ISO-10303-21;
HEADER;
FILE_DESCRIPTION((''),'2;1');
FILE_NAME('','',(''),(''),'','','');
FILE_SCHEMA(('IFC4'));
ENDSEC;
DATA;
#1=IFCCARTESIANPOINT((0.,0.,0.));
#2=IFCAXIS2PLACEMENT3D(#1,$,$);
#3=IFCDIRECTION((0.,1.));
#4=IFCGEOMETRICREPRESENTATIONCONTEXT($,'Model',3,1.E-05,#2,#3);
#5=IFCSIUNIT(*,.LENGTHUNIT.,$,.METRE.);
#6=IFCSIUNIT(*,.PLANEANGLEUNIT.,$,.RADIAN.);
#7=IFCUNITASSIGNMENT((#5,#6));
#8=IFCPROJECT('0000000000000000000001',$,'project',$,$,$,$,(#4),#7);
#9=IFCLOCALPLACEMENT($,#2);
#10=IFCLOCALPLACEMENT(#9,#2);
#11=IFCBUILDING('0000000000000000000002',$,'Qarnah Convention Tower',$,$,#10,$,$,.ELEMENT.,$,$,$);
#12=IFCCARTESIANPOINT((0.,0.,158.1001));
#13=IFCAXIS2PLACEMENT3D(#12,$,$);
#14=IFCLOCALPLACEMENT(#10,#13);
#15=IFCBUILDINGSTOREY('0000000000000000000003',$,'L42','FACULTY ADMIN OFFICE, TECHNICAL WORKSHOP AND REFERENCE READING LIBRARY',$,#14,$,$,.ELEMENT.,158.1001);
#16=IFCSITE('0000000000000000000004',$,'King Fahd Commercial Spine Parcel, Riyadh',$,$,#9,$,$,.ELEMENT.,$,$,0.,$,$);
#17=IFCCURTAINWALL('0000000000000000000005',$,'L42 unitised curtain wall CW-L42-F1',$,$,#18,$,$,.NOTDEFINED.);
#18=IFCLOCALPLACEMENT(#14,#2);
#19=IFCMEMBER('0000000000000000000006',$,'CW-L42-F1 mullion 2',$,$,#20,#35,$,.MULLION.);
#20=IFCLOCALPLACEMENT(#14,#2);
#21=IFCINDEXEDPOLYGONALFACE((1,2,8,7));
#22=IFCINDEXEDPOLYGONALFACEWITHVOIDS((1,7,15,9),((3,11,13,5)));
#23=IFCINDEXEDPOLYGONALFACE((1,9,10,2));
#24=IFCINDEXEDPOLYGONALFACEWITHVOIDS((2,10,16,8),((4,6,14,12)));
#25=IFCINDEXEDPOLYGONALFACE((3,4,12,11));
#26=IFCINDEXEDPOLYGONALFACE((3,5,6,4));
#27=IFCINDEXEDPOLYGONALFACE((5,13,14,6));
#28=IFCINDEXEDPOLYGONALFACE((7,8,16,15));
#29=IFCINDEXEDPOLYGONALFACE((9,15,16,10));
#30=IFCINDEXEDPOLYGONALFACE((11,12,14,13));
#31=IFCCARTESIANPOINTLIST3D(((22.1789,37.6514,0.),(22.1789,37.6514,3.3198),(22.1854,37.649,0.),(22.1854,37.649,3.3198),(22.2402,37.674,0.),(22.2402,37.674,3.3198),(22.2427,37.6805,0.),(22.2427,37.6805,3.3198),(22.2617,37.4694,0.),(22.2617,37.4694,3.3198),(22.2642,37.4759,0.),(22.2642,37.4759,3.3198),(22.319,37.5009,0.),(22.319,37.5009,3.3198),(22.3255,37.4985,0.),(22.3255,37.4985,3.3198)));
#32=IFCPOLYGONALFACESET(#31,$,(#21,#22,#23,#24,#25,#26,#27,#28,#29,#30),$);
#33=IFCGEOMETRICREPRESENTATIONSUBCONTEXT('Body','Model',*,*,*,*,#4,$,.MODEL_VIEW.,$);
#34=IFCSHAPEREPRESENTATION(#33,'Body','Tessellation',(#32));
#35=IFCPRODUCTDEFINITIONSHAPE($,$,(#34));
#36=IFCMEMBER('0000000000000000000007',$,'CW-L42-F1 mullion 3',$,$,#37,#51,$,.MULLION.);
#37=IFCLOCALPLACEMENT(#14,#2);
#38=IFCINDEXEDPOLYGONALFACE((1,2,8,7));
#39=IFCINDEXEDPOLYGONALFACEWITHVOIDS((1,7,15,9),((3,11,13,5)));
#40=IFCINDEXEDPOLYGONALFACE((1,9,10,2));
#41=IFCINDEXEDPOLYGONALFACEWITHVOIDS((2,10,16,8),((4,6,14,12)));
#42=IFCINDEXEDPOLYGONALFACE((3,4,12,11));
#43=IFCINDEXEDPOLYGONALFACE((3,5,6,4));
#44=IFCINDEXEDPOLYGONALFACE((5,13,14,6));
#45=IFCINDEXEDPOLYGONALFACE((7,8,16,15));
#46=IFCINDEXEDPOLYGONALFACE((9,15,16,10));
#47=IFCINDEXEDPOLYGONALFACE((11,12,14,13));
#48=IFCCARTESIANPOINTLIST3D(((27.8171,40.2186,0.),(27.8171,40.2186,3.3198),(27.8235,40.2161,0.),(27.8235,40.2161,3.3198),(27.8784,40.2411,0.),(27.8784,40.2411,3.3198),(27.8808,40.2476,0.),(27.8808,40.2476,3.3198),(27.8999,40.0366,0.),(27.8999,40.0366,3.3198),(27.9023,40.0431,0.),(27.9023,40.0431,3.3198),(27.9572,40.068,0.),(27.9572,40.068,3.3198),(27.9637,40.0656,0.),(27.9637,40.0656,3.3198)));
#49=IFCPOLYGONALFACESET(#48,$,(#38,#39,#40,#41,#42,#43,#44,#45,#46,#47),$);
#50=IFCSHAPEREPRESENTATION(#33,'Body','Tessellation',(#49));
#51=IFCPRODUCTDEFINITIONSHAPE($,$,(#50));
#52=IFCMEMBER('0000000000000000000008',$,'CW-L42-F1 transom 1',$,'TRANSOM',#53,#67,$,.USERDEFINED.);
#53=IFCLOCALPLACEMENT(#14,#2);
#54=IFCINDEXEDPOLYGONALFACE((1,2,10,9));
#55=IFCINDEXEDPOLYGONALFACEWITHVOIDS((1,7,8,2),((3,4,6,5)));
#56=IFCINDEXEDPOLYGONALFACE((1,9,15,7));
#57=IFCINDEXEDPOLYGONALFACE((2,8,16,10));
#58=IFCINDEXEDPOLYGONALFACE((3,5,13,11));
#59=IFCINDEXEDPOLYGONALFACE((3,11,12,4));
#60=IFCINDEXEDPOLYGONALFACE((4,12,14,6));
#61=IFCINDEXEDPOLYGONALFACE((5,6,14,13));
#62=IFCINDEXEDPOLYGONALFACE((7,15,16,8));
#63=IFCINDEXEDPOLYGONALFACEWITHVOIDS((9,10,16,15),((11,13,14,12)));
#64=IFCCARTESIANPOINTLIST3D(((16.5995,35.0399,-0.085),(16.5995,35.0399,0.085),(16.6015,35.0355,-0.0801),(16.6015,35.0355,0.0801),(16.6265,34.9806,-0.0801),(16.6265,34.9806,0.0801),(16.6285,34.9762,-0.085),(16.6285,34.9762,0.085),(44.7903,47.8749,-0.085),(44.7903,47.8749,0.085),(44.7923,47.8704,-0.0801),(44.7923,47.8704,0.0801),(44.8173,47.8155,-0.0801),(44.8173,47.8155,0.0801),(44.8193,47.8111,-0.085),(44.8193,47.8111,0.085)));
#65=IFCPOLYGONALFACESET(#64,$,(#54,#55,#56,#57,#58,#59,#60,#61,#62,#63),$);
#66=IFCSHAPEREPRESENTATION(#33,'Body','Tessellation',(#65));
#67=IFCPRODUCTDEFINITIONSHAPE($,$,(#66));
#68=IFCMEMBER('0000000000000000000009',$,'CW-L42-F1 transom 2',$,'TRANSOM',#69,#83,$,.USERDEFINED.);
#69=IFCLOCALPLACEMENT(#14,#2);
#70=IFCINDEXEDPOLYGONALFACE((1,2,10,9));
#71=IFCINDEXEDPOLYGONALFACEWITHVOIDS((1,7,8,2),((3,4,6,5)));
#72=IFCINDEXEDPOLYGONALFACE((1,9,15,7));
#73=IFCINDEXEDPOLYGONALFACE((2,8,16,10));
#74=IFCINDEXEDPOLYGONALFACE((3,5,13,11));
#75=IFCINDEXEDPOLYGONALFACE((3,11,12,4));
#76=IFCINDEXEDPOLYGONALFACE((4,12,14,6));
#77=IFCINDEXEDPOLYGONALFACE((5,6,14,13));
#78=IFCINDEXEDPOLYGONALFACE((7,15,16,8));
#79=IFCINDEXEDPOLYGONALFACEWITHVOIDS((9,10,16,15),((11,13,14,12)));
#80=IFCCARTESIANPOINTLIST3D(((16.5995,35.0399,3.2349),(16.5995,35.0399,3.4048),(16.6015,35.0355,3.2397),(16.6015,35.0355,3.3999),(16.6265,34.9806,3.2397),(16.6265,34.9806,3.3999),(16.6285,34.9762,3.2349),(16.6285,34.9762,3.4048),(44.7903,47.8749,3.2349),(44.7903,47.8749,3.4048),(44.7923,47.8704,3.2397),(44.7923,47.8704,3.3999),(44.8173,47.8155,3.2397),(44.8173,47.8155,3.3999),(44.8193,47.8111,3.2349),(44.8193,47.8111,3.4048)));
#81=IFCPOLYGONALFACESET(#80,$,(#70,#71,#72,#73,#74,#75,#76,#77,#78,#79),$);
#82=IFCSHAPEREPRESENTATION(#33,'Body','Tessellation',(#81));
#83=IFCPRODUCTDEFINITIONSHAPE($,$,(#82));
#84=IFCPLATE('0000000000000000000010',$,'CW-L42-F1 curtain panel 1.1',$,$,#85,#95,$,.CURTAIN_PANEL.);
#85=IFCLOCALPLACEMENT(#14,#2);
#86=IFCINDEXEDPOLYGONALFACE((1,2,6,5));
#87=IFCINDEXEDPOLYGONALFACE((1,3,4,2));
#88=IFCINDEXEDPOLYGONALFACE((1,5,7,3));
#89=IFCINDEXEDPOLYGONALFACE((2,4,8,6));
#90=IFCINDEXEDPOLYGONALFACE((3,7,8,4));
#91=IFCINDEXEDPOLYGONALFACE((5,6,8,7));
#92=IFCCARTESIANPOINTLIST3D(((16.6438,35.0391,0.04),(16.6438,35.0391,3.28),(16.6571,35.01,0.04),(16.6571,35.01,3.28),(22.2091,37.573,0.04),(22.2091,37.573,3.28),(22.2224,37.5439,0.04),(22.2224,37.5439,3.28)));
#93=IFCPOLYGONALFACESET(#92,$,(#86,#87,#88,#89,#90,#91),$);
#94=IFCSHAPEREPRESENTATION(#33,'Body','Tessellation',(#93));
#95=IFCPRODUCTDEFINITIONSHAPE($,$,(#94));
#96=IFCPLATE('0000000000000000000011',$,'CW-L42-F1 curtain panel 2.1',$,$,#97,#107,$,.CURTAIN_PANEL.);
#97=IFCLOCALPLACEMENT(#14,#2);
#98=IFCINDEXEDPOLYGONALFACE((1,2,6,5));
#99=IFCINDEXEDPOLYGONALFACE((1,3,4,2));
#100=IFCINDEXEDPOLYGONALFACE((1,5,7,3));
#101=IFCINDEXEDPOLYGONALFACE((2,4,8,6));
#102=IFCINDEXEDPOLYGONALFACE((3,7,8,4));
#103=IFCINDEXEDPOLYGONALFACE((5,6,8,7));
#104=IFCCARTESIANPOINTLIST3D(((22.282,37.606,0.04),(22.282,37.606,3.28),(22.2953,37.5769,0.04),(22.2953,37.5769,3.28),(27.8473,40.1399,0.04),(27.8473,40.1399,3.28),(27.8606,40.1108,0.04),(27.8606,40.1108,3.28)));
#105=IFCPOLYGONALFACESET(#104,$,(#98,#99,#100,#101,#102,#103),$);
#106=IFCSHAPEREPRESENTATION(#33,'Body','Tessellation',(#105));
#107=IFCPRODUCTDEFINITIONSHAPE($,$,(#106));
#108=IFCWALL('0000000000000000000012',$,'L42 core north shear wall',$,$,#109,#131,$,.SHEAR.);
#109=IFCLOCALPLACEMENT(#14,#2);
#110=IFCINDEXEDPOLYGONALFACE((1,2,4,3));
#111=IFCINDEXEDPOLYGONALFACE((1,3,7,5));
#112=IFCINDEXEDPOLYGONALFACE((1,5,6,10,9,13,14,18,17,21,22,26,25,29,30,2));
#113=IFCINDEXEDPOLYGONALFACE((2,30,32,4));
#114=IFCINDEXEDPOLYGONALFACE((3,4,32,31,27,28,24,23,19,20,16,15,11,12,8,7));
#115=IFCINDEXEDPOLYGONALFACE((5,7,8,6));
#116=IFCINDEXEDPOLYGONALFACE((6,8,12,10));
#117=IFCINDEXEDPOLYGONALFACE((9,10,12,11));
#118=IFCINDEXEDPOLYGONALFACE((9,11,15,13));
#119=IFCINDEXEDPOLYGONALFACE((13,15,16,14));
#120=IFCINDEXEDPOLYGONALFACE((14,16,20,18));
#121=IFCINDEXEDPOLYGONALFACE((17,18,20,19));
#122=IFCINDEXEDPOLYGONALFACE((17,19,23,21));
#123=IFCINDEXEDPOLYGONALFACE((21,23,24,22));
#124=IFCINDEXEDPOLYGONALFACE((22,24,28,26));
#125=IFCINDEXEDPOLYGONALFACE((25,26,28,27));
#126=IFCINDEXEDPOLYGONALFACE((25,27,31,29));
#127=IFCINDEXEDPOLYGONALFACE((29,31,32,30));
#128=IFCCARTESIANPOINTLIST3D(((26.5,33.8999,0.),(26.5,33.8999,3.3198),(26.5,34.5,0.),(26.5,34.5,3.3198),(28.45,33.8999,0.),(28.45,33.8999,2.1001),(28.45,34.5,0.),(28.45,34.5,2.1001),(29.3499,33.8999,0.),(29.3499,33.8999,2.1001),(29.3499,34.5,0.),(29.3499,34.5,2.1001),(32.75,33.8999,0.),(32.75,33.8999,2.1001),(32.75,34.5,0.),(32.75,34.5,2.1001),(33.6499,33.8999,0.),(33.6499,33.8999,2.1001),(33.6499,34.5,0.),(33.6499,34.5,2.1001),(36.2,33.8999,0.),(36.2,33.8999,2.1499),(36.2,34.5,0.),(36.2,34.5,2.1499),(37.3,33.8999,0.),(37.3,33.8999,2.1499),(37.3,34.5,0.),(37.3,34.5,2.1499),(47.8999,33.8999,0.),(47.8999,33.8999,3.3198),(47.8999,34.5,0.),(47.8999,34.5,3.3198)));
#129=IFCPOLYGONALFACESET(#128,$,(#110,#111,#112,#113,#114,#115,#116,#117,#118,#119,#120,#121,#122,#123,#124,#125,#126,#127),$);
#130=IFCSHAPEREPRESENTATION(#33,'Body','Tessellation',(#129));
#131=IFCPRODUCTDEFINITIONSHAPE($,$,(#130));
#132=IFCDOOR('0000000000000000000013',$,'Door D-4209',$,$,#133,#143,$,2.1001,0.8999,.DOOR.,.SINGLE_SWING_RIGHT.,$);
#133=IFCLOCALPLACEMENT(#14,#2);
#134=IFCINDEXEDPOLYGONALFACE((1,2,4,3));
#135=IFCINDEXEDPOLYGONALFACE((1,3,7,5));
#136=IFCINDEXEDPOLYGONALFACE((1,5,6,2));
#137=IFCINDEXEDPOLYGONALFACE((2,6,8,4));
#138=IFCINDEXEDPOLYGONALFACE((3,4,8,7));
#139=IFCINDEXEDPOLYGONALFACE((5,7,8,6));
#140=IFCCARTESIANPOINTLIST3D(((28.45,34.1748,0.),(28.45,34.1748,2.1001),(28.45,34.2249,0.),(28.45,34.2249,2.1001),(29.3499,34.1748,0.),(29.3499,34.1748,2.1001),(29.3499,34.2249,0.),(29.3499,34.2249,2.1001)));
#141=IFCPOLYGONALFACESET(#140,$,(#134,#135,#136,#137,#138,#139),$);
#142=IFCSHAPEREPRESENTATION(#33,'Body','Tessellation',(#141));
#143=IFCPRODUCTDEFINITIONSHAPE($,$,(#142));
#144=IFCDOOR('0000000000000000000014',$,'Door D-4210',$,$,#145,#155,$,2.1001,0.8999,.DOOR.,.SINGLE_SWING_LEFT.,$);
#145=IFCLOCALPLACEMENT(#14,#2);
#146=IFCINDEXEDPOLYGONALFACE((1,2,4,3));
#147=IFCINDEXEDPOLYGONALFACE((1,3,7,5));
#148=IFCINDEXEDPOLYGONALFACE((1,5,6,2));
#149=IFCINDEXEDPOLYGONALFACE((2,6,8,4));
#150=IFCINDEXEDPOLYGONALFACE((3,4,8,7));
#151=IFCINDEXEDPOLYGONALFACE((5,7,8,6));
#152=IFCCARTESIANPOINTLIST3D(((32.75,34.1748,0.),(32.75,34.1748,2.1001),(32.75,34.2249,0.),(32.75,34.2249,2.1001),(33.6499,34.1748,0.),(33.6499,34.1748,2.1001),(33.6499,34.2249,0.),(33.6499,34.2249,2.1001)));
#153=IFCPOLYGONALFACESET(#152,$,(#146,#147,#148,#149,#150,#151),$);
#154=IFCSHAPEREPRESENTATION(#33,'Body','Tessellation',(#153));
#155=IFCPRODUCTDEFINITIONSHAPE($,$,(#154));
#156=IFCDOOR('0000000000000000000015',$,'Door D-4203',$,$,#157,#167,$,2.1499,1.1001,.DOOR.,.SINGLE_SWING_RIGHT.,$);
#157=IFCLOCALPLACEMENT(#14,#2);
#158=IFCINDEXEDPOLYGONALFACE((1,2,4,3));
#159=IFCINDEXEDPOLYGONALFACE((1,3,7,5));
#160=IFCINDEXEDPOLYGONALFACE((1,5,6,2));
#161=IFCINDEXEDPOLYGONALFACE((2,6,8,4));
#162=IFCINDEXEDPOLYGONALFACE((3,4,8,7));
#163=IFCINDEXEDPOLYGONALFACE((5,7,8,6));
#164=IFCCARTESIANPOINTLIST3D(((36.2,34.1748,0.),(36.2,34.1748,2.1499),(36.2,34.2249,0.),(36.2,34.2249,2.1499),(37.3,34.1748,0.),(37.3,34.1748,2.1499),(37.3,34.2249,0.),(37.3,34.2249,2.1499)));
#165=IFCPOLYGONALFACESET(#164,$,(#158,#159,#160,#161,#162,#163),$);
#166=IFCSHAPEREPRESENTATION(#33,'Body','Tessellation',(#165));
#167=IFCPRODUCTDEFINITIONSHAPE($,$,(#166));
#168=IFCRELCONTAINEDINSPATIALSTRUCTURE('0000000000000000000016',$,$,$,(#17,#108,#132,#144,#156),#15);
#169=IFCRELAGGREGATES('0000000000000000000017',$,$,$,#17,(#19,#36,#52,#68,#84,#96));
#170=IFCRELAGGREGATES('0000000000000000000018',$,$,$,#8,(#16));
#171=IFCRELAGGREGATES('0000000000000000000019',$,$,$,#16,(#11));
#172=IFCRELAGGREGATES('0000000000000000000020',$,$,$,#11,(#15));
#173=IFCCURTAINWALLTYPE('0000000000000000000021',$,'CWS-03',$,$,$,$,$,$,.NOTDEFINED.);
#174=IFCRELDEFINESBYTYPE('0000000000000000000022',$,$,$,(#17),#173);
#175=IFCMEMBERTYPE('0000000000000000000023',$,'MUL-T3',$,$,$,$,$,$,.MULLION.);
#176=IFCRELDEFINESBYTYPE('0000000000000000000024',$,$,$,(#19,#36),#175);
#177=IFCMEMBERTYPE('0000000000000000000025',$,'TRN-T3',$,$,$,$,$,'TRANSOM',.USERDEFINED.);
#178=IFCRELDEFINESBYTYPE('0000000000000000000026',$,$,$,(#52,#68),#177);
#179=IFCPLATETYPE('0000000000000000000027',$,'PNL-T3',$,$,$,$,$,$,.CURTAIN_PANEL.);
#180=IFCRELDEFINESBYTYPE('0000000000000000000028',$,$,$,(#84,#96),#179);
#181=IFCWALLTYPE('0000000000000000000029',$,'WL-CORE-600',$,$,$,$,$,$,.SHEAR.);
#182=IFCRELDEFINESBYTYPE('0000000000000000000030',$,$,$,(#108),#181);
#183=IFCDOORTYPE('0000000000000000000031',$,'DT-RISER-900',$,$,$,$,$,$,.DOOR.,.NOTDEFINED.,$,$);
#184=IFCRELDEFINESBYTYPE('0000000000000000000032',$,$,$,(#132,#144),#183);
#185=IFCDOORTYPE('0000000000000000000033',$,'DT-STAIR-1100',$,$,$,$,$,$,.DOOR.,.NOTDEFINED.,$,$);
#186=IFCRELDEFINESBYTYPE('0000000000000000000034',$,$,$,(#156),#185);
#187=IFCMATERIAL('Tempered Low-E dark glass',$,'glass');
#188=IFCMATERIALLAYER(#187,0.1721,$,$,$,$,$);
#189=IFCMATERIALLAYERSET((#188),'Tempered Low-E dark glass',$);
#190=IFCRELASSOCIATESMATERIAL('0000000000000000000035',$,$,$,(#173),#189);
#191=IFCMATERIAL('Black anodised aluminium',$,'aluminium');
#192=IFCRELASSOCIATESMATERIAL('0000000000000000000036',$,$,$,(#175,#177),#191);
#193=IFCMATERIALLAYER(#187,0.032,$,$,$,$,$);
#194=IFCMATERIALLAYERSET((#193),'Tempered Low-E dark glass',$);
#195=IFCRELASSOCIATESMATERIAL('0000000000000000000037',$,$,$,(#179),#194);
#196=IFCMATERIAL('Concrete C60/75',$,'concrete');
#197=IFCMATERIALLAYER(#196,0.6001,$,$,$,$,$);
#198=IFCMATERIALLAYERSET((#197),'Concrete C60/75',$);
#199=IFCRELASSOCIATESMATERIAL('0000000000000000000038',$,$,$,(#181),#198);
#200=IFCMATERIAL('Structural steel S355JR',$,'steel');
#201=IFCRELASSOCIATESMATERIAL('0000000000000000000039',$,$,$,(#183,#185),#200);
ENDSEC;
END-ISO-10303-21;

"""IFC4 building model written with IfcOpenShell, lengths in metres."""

from ifc_helpers import new_model, si_unit, direction, frame, frame_2d, origin, origin_2d, place, context, subcontext, project, spatial, rectangle, hollow_rectangle, extrude, material, layer, layer_set, material_profile, profile_set, type_object, element, fill, aggregate, save


model = new_model("IFC4")

# Units and contexts
model_context = context("Model", 3, precision=1e-05, world=origin(), true_north=direction((0.0, 1.0)))
body_context = subcontext(model_context, "Body", "Model", "MODEL_VIEW")
ifc_project = project(units=[si_unit("LENGTHUNIT", "METRE"), si_unit("PLANEANGLEUNIT", "RADIAN")], contexts=[model_context])

# Site, building, storey
site_placement = place(None, origin())
site = spatial("IfcSite", under=ifc_project, at=site_placement, Name="King Fahd Commercial Spine Parcel, Riyadh", CompositionType="ELEMENT", RefElevation=0.0)
building_placement = place(site_placement, origin())
building = spatial("IfcBuilding", under=site, at=building_placement, Name="Qarnah Convention Tower", CompositionType="ELEMENT")
storey_placement = place(building_placement, frame((0.0, 0.0, 158.1001)))
storey = spatial("IfcBuildingStorey", under=building, at=storey_placement, Name="L42", Description="FACULTY ADMIN OFFICE, TECHNICAL WORKSHOP AND REFERENCE READING LIBRARY", CompositionType="ELEMENT", Elevation=158.1001)

# Shared definitions
ifc_material_1 = material(Name="Concrete C60/75", Category="concrete")

# Shared definitions
ifc_material_2 = material(Name="Structural steel S355JR", Category="steel")

# Curtain wall, members, plates
ifc_material_3 = material(Name="Tempered Low-E dark glass", Category="glass")
ifc_layer_1 = layer(ifc_material_3, 0.1721)
ifc_layer_set_1 = layer_set([ifc_layer_1], Name="Tempered Low-E dark glass")
curtain_wall_type = type_object("IfcCurtainWallType", Name="CWS-03", PredefinedType="NOTDEFINED", material=ifc_layer_set_1)
curtain_wall_placement = place(storey_placement, origin())
curtain_wall = element("IfcCurtainWall", 1, at=curtain_wall_placement, inside=storey, type_object=curtain_wall_type, Name="L42 unitised curtain wall CW-L42-F1", PredefinedType="NOTDEFINED")
ifc_material_4 = material(Name="Black anodised aluminium", Category="aluminium")
ifc_material_profile_1 = material_profile(ifc_material_4, hollow_rectangle(XDim=0.0701, YDim=0.2, WallThickness=0.0049, at=origin_2d()), Name="MUL-70X200")
ifc_profile_set_1 = profile_set([ifc_material_profile_1], Name="Black anodised aluminium")
member_type_1 = type_object("IfcMemberType", Name="MUL-T3", PredefinedType="MULLION", material=ifc_profile_set_1)
member_1_placement = place(storey_placement, frame((22.2522, 37.575, 0.0), z_axis=(0.0, 0.0, 1.0), x_axis=(0.910112, 0.414362, 0.0)))
member_1 = element("IfcMember", 2, at=member_1_placement, type_object=member_type_1, Name="CW-L42-F1 mullion 2", PredefinedType="MULLION", context=body_context, shape_type="SweptSolid", body=[
    extrude(hollow_rectangle(XDim=0.0701, YDim=0.2, WallThickness=0.0049, at=origin_2d()), origin(), (0.0, 0.0, 1.0), 3.3198),
])
member_2_placement = place(storey_placement, frame((27.8904, 40.1421, 0.0), z_axis=(0.0, 0.0, 1.0), x_axis=(0.910112, 0.414362, 0.0)))
member_2 = element("IfcMember", 3, at=member_2_placement, type_object=member_type_1, Name="CW-L42-F1 mullion 3", PredefinedType="MULLION", context=body_context, shape_type="SweptSolid", body=[
    extrude(hollow_rectangle(XDim=0.0701, YDim=0.2, WallThickness=0.0049, at=origin_2d()), origin(), (0.0, 0.0, 1.0), 3.3198),
])
ifc_material_profile_2 = material_profile(ifc_material_4, hollow_rectangle(XDim=0.0701, YDim=0.1699, WallThickness=0.0049, at=origin_2d()), Name="TRN-70X170")
ifc_profile_set_2 = profile_set([ifc_material_profile_2], Name="Black anodised aluminium")
member_type_2 = type_object("IfcMemberType", Name="TRN-T3", ElementType="TRANSOM", PredefinedType="USERDEFINED", material=ifc_profile_set_2)
member_3_placement = place(storey_placement, frame((16.614, 35.0081, 0.0), z_axis=(0.910112, 0.414362, 0.0), x_axis=(-0.414362, 0.910112, 0.0)))
member_3 = element("IfcMember", 4, at=member_3_placement, type_object=member_type_2, Name="CW-L42-F1 transom 1", ObjectType="TRANSOM", PredefinedType="USERDEFINED", context=body_context, shape_type="SweptSolid", body=[
    extrude(hollow_rectangle(XDim=0.0701, YDim=0.1699, WallThickness=0.0049, at=origin_2d()), origin(), (0.0, 0.0, 1.0), 30.9751),
])
member_4_placement = place(storey_placement, frame((16.614, 35.0081, 3.3198), z_axis=(0.910112, 0.414362, 0.0), x_axis=(-0.414362, 0.910112, 0.0)))
member_4 = element("IfcMember", 5, at=member_4_placement, type_object=member_type_2, Name="CW-L42-F1 transom 2", ObjectType="TRANSOM", PredefinedType="USERDEFINED", context=body_context, shape_type="SweptSolid", body=[
    extrude(hollow_rectangle(XDim=0.0701, YDim=0.1699, WallThickness=0.0049, at=origin_2d()), origin(), (0.0, 0.0, 1.0), 30.9751),
])
ifc_layer_2 = layer(ifc_material_3, 0.032)
ifc_layer_set_2 = layer_set([ifc_layer_2], Name="Tempered Low-E dark glass")
plate_type = type_object("IfcPlateType", Name="PNL-T3", PredefinedType="CURTAIN_PANEL", material=ifc_layer_set_2)
plate_1_placement = place(storey_placement, frame((19.4331, 36.2915, 0.04), z_axis=(0.0, 0.0, 1.0), x_axis=(0.910112, 0.414362, 0.0)))
plate_1 = element("IfcPlate", 6, at=plate_1_placement, type_object=plate_type, Name="CW-L42-F1 curtain panel 1.1", PredefinedType="CURTAIN_PANEL", context=body_context, shape_type="SweptSolid", body=[
    extrude(rectangle(XDim=6.115, YDim=0.032, at=origin_2d()), origin(), (0.0, 0.0, 1.0), 3.24),
])
plate_2_placement = place(storey_placement, frame((25.0713, 38.8584, 0.04), z_axis=(0.0, 0.0, 1.0), x_axis=(0.910112, 0.414362, 0.0)))
plate_2 = element("IfcPlate", 7, at=plate_2_placement, type_object=plate_type, Name="CW-L42-F1 curtain panel 2.1", PredefinedType="CURTAIN_PANEL", context=body_context, shape_type="SweptSolid", body=[
    extrude(rectangle(XDim=6.115, YDim=0.032, at=origin_2d()), origin(), (0.0, 0.0, 1.0), 3.24),
])
aggregate(curtain_wall, [member_1, member_2, member_3, member_4, plate_1, plate_2])

# Wall, openings, doors
ifc_layer_3 = layer(ifc_material_1, 0.6001)
ifc_layer_set_3 = layer_set([ifc_layer_3], Name="Concrete C60/75")
wall_type_1 = type_object("IfcWallType", Name="WL-CORE-600", PredefinedType="SHEAR", material=ifc_layer_set_3)
wall_1_placement = place(storey_placement, frame((26.5, 34.2, 0.0), z_axis=(0.0, 0.0, 1.0), x_axis=(1.0, 0.0, 0.0)))
wall_1 = element("IfcWall", 8, at=wall_1_placement, inside=storey, type_object=wall_type_1, Name="L42 core north shear wall", PredefinedType="SHEAR", context=body_context, shape_type="SweptSolid", body=[
    extrude(rectangle(XDim=21.3999, YDim=0.6001, at=frame_2d((10.7, 0.0))), origin(), (0.0, 0.0, 1.0), 3.3198),
])
opening_1_placement = place(wall_1_placement, frame((9.7, 0.0, 0.0)))
opening_1 = element("IfcOpeningElement", 9, at=opening_1_placement, cuts=wall_1, PredefinedType="OPENING", context=body_context, shape_type="SweptSolid", body=[
    extrude(rectangle(XDim=1.1001, YDim=2.1499, at=frame_2d((0.55, 1.075))), frame((0.0, 0.3101, 0.0), z_axis=(0.0, -1.0, 0.0), x_axis=(1.0, 0.0, 0.0)), (0.0, 0.0, 1.0), 0.6201),
])
opening_2_placement = place(wall_1_placement, frame((1.95, 0.0, 0.0)))
opening_2 = element("IfcOpeningElement", 10, at=opening_2_placement, cuts=wall_1, PredefinedType="OPENING", context=body_context, shape_type="SweptSolid", body=[
    extrude(rectangle(XDim=0.8999, YDim=2.1001, at=frame_2d((0.45, 1.05))), frame((0.0, 0.3101, 0.0), z_axis=(0.0, -1.0, 0.0), x_axis=(1.0, 0.0, 0.0)), (0.0, 0.0, 1.0), 0.6201),
])
opening_3_placement = place(wall_1_placement, frame((6.25, 0.0, 0.0)))
opening_3 = element("IfcOpeningElement", 11, at=opening_3_placement, cuts=wall_1, PredefinedType="OPENING", context=body_context, shape_type="SweptSolid", body=[
    extrude(rectangle(XDim=0.8999, YDim=2.1001, at=frame_2d((0.45, 1.05))), frame((0.0, 0.3101, 0.0), z_axis=(0.0, -1.0, 0.0), x_axis=(1.0, 0.0, 0.0)), (0.0, 0.0, 1.0), 0.6201),
])
door_type_1 = type_object("IfcDoorType", Name="DT-RISER-900", OperationType="NOTDEFINED", PredefinedType="DOOR", material=ifc_material_2)
door_1_placement = place(opening_2_placement, origin())
door_1 = element("IfcDoor", 12, at=door_1_placement, inside=storey, type_object=door_type_1, Name="Door D-4209", OperationType="SINGLE_SWING_RIGHT", OverallHeight=2.1001, OverallWidth=0.8999, PredefinedType="DOOR", context=body_context, shape_type="SweptSolid", body=[
    extrude(rectangle(XDim=0.8999, YDim=2.1001, at=frame_2d((0.45, 1.05))), frame((0.0, 0.0249, 0.0), z_axis=(0.0, -1.0, 0.0), x_axis=(1.0, 0.0, 0.0)), (0.0, 0.0, 1.0), 0.05),
])
fill(opening_2, door_1)
door_2_placement = place(opening_3_placement, origin())
door_2 = element("IfcDoor", 13, at=door_2_placement, inside=storey, type_object=door_type_1, Name="Door D-4210", OperationType="SINGLE_SWING_LEFT", OverallHeight=2.1001, OverallWidth=0.8999, PredefinedType="DOOR", context=body_context, shape_type="SweptSolid", body=[
    extrude(rectangle(XDim=0.8999, YDim=2.1001, at=frame_2d((0.45, 1.05))), frame((0.0, 0.0249, 0.0), z_axis=(0.0, -1.0, 0.0), x_axis=(1.0, 0.0, 0.0)), (0.0, 0.0, 1.0), 0.05),
])
fill(opening_3, door_2)
door_type_2 = type_object("IfcDoorType", Name="DT-STAIR-1100", OperationType="NOTDEFINED", PredefinedType="DOOR", material=ifc_material_2)
door_3_placement = place(opening_1_placement, origin())
door_3 = element("IfcDoor", 14, at=door_3_placement, inside=storey, type_object=door_type_2, Name="Door D-4203", OperationType="SINGLE_SWING_RIGHT", OverallHeight=2.1499, OverallWidth=1.1001, PredefinedType="DOOR", context=body_context, shape_type="SweptSolid", body=[
    extrude(rectangle(XDim=1.1001, YDim=2.1499, at=frame_2d((0.55, 1.075))), frame((0.0, 0.0249, 0.0), z_axis=(0.0, -1.0, 0.0), x_axis=(1.0, 0.0, 0.0)), (0.0, 0.0, 1.0), 0.05),
])
fill(opening_1, door_3)

save(model, "model.ifc")
